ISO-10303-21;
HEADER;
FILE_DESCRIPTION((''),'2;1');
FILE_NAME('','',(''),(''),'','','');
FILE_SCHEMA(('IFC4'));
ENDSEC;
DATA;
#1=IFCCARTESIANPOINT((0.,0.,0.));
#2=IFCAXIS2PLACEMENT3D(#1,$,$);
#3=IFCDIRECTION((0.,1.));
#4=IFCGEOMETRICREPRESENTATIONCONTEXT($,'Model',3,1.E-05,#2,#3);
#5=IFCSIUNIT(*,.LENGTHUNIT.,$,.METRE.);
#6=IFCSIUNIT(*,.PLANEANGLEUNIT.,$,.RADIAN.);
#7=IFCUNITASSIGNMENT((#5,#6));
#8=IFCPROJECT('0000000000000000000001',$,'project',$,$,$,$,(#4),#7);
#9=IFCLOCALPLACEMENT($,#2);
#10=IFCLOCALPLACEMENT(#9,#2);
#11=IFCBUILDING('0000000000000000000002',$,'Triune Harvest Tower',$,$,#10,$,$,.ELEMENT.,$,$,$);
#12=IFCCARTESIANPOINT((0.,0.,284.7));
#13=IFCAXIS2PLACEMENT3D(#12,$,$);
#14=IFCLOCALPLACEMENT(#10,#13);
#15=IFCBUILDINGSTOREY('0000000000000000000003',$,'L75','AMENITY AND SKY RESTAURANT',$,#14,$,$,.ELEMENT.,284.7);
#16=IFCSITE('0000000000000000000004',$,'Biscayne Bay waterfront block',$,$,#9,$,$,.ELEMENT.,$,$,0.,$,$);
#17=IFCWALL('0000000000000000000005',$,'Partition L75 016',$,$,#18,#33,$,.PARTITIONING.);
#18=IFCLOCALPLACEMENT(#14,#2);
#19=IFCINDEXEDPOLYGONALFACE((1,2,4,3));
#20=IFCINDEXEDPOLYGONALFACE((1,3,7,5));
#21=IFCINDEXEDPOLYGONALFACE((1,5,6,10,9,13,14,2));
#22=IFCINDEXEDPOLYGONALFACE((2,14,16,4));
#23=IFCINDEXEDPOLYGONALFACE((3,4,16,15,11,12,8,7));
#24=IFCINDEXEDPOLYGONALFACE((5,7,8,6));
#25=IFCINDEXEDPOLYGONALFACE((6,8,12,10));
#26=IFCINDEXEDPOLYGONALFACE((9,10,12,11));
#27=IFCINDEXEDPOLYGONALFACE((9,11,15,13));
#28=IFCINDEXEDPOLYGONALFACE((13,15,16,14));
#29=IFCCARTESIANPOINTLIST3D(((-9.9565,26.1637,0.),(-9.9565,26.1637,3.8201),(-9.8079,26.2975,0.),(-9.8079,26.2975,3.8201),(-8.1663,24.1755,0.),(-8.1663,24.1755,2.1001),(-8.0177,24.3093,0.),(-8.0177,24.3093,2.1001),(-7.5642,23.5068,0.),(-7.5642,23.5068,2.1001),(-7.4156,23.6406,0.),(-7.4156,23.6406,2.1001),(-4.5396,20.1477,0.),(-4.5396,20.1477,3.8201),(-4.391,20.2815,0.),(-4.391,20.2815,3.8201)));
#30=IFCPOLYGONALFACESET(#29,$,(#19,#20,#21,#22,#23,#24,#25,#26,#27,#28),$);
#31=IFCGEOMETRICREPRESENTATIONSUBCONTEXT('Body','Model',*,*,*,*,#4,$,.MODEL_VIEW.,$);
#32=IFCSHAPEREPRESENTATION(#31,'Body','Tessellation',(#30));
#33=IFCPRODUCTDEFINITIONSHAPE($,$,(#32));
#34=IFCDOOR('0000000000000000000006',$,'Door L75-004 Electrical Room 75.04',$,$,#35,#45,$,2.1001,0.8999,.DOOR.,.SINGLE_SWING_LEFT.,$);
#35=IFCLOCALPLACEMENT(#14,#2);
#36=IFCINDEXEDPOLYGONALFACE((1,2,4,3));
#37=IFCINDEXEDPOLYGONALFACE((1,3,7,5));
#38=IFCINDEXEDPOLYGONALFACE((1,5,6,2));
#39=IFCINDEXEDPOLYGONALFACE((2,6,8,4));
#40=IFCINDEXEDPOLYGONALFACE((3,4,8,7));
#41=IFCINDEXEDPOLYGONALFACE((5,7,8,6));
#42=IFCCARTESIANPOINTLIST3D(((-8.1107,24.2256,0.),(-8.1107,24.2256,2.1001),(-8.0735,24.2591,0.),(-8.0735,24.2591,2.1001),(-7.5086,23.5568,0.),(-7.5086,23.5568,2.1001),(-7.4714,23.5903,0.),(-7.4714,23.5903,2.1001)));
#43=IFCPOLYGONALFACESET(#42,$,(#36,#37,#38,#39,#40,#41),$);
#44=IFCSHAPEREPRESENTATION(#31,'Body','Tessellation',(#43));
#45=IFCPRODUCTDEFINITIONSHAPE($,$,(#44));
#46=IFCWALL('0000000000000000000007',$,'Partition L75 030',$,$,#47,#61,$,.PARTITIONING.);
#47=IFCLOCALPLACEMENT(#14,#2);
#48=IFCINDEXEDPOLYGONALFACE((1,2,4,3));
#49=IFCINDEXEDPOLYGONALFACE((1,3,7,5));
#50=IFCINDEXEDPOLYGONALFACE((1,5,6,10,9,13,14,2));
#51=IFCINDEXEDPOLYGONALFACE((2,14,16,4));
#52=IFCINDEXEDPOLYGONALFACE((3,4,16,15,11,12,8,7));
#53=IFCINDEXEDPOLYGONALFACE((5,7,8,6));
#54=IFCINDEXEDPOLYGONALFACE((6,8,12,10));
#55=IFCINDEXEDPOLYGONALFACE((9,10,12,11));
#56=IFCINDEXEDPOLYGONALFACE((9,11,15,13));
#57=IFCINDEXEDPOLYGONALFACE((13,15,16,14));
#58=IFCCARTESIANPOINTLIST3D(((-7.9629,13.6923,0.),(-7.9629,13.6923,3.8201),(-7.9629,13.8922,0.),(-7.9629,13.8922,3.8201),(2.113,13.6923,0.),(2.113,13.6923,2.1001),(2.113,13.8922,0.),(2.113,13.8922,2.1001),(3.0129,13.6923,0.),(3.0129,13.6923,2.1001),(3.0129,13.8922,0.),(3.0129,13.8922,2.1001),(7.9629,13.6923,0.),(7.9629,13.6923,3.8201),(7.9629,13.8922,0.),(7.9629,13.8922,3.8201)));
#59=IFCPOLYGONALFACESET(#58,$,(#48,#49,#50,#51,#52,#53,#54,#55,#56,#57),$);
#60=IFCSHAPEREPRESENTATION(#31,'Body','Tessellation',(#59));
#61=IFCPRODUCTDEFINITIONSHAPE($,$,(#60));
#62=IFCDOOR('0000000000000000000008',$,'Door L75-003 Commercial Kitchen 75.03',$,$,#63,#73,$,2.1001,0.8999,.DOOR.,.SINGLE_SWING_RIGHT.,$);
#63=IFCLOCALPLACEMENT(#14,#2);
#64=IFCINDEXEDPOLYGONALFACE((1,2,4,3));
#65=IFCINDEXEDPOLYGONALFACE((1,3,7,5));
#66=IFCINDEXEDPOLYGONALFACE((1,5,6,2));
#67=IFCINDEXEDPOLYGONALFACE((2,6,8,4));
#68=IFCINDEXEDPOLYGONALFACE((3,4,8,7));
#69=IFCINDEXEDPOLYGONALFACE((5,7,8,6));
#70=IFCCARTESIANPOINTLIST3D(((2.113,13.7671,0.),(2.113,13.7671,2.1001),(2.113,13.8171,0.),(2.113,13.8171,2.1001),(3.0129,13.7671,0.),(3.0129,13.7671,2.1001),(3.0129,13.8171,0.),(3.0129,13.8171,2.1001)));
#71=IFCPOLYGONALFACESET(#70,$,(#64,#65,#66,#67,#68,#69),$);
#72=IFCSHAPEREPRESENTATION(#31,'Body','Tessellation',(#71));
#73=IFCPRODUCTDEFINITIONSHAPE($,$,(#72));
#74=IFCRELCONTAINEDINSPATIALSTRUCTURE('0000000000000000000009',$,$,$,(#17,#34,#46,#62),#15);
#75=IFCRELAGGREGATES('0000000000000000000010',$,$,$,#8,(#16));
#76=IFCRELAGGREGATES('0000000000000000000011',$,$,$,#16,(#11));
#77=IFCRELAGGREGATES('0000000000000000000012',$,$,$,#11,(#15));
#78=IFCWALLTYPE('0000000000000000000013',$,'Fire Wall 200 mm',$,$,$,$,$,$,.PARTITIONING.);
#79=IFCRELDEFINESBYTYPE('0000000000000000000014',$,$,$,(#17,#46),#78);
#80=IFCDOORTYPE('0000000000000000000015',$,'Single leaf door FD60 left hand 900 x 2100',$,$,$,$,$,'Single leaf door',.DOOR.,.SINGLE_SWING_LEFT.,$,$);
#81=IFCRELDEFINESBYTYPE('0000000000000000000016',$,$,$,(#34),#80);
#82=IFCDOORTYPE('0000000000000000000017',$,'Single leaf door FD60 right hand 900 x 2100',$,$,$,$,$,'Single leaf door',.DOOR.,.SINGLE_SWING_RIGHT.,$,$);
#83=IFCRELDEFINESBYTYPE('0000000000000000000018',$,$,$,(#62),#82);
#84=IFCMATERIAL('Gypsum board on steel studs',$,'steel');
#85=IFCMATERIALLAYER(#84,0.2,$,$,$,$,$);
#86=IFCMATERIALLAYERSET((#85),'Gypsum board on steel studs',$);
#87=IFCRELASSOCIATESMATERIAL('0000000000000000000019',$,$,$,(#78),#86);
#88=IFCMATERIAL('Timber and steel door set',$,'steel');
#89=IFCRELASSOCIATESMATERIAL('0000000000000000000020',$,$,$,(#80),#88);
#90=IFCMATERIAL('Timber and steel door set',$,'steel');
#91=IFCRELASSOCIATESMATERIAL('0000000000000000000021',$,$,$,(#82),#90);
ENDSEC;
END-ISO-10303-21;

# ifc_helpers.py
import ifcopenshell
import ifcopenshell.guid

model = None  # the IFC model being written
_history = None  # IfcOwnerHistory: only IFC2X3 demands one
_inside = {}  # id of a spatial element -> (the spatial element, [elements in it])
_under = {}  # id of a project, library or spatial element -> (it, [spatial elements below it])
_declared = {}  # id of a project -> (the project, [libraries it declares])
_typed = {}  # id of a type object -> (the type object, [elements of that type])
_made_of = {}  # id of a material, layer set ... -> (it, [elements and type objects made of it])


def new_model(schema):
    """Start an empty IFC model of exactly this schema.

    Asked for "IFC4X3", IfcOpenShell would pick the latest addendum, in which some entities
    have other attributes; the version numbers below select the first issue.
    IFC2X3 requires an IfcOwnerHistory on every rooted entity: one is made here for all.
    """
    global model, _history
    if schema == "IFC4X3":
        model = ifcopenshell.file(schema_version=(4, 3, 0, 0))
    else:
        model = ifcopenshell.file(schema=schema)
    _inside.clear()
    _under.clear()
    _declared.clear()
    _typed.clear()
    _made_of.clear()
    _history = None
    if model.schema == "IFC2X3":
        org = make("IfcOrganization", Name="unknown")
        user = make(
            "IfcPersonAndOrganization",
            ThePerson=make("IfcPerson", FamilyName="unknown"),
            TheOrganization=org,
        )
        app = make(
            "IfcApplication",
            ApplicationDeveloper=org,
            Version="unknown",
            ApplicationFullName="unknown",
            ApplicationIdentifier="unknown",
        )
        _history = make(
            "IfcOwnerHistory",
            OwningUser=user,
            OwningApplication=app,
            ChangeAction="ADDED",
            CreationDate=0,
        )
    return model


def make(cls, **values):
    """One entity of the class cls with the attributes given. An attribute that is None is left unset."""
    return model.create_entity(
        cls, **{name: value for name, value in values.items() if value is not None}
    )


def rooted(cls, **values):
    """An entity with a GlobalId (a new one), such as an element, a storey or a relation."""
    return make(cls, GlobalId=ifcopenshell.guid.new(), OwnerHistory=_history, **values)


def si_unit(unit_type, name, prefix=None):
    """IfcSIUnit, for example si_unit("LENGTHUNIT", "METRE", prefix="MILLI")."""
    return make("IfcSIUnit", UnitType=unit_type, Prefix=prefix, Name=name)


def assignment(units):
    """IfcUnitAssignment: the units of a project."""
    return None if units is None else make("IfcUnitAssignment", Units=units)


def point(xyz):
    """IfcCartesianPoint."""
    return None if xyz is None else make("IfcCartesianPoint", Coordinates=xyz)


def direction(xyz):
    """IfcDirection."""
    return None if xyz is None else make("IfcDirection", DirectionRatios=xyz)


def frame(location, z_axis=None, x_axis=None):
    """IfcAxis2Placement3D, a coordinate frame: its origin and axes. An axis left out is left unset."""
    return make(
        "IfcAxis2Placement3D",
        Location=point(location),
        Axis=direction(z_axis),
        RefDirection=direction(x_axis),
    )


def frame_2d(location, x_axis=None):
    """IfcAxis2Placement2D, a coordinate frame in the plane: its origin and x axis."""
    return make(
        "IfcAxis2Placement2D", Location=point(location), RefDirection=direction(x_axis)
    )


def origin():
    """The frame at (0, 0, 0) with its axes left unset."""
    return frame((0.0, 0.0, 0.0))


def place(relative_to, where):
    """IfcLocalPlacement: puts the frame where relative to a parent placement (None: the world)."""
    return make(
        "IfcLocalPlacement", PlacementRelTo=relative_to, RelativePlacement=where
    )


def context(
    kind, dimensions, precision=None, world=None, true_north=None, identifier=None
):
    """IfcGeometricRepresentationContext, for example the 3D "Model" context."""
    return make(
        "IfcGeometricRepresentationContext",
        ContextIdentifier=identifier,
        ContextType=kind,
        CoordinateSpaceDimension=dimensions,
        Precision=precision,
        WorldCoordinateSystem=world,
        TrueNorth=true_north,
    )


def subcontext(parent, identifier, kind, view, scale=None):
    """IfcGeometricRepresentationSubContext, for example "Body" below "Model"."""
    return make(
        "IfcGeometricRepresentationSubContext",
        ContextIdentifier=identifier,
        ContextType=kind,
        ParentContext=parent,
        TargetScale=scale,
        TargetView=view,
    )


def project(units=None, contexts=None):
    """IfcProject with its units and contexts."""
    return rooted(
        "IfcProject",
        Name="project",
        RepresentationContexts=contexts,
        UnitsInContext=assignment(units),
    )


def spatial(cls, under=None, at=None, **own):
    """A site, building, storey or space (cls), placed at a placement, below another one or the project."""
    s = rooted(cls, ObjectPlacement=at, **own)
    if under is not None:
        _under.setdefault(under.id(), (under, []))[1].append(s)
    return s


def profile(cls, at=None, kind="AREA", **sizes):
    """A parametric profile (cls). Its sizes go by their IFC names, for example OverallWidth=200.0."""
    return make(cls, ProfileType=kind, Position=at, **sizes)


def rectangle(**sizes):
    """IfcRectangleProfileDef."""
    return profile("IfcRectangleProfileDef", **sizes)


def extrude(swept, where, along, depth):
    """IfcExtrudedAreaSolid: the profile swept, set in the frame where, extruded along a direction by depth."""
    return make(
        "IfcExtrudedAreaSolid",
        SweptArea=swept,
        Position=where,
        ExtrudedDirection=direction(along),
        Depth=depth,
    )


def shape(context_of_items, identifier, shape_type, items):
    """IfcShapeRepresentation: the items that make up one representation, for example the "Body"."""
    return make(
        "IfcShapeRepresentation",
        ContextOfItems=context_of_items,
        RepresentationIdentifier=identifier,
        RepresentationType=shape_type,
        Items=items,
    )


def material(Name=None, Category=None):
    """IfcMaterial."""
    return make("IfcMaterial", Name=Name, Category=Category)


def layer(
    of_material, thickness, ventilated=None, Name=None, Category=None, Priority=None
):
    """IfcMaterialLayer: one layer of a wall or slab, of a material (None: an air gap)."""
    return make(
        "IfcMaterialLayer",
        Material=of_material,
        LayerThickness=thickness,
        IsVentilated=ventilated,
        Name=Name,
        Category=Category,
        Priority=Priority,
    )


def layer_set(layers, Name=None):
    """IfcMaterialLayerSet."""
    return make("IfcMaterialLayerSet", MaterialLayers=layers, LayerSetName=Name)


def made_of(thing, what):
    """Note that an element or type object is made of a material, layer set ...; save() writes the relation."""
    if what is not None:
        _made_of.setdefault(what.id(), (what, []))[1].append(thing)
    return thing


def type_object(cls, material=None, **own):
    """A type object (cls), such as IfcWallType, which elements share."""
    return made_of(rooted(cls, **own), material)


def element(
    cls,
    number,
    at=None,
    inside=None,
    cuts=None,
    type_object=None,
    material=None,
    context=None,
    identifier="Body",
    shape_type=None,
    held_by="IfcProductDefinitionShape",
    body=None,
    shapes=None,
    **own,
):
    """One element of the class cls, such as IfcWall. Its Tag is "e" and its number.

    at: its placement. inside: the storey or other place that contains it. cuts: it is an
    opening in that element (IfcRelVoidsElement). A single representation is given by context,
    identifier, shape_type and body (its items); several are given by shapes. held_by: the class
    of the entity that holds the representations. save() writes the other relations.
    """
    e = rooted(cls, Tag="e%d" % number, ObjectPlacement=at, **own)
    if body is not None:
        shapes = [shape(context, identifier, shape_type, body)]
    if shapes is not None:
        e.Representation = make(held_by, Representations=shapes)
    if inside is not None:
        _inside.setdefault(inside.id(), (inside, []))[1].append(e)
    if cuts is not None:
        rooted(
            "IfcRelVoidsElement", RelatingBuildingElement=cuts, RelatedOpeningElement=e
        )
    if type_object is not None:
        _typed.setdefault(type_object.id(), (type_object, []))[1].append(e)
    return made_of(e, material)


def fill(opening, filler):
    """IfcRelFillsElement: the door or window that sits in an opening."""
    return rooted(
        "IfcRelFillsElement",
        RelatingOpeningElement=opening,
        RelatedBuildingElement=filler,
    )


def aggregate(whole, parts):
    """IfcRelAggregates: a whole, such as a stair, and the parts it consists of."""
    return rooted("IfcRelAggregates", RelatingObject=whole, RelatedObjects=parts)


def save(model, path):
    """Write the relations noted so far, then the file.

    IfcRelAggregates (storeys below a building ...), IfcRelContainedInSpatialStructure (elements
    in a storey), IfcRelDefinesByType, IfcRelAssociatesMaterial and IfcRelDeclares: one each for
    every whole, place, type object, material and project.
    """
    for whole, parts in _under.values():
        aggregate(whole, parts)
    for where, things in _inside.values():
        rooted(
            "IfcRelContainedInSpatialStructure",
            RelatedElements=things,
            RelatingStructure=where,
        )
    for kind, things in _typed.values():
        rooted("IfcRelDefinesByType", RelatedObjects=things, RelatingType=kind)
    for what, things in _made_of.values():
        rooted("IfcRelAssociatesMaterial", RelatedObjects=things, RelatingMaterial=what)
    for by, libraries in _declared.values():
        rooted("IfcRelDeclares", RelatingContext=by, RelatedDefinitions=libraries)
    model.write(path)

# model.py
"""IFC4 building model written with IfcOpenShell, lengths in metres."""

from ifc_helpers import new_model, si_unit, direction, frame, frame_2d, origin, place, context, subcontext, project, spatial, rectangle, extrude, material, layer, layer_set, type_object, element, fill, save


model = new_model("IFC4")

# Units and contexts
model_context = context("Model", 3, precision=1e-05, world=origin(), true_north=direction((0.0, 1.0)))
body_context = subcontext(model_context, "Body", "Model", "MODEL_VIEW")
ifc_project = project(units=[si_unit("LENGTHUNIT", "METRE"), si_unit("PLANEANGLEUNIT", "RADIAN")], contexts=[model_context])

# Site, building, storey
site_placement = place(None, origin())
site = spatial("IfcSite", under=ifc_project, at=site_placement, Name="Biscayne Bay waterfront block", CompositionType="ELEMENT", RefElevation=0.0)
building_placement = place(site_placement, origin())
building = spatial("IfcBuilding", under=site, at=building_placement, Name="Triune Harvest Tower", CompositionType="ELEMENT")
storey_placement = place(building_placement, frame((0.0, 0.0, 284.7)))
storey = spatial("IfcBuildingStorey", under=building, at=storey_placement, Name="L75", Description="AMENITY AND SKY RESTAURANT", CompositionType="ELEMENT", Elevation=284.7)

# Walls, openings, doors
ifc_material_1 = material(Name="Gypsum board on steel studs", Category="steel")
ifc_layer_1 = layer(ifc_material_1, 0.2)
ifc_layer_set_1 = layer_set([ifc_layer_1], Name="Gypsum board on steel studs")
wall_type = type_object("IfcWallType", Name="Fire Wall 200 mm", PredefinedType="PARTITIONING", material=ifc_layer_set_1)
wall_1_placement = place(storey_placement, frame((-9.8823, 26.2307, 0.0), z_axis=(0.0, 0.0, 1.0), x_axis=(0.669135, -0.743141, 0.0)))
wall_1 = element("IfcWall", 1, at=wall_1_placement, inside=storey, type_object=wall_type, Name="Partition L75 016", PredefinedType="PARTITIONING", context=body_context, shape_type="SweptSolid", body=[
    extrude(rectangle(XDim=8.0955, YDim=0.2, at=frame_2d((4.0479, 0.0))), origin(), (0.0, 0.0, 1.0), 3.8201),
])
opening_1_placement = place(wall_1_placement, frame((2.6755, 0.0, 0.0)))
opening_1 = element("IfcOpeningElement", 2, at=opening_1_placement, cuts=wall_1, PredefinedType="OPENING", context=body_context, shape_type="SweptSolid", body=[
    extrude(rectangle(XDim=0.8999, YDim=2.1001, at=frame_2d((0.45, 1.05))), frame((0.0, 0.1099, 0.0), z_axis=(0.0, -1.0, 0.0), x_axis=(1.0, 0.0, 0.0)), (0.0, 0.0, 1.0), 0.22),
])
ifc_material_2 = material(Name="Timber and steel door set", Category="steel")
door_type_1 = type_object("IfcDoorType", Name="Single leaf door FD60 left hand 900 x 2100", ElementType="Single leaf door", OperationType="SINGLE_SWING_LEFT", PredefinedType="DOOR", material=ifc_material_2)
door_1_placement = place(opening_1_placement, origin())
door_1 = element("IfcDoor", 3, at=door_1_placement, inside=storey, type_object=door_type_1, Name="Door L75-004 Electrical Room 75.04", OperationType="SINGLE_SWING_LEFT", OverallHeight=2.1001, OverallWidth=0.8999, PredefinedType="DOOR", context=body_context, shape_type="SweptSolid", body=[
    extrude(rectangle(XDim=0.8999, YDim=2.1001, at=frame_2d((0.45, 1.05))), frame((0.0, 0.0249, 0.0), z_axis=(0.0, -1.0, 0.0), x_axis=(1.0, 0.0, 0.0)), (0.0, 0.0, 1.0), 0.05),
])
fill(opening_1, door_1)
wall_2_placement = place(storey_placement, frame((-7.9629, 13.7922, 0.0), z_axis=(0.0, 0.0, 1.0), x_axis=(1.0, 0.0, 0.0)))
wall_2 = element("IfcWall", 4, at=wall_2_placement, inside=storey, type_object=wall_type, Name="Partition L75 030", PredefinedType="PARTITIONING", context=body_context, shape_type="SweptSolid", body=[
    extrude(rectangle(XDim=15.9258, YDim=0.2, at=frame_2d((7.9629, 0.0))), origin(), (0.0, 0.0, 1.0), 3.8201),
])
opening_2_placement = place(wall_2_placement, frame((10.0759, 0.0, 0.0)))
opening_2 = element("IfcOpeningElement", 5, at=opening_2_placement, cuts=wall_2, PredefinedType="OPENING", context=body_context, shape_type="SweptSolid", body=[
    extrude(rectangle(XDim=0.8999, YDim=2.1001, at=frame_2d((0.45, 1.05))), frame((0.0, 0.1099, 0.0), z_axis=(0.0, -1.0, 0.0), x_axis=(1.0, 0.0, 0.0)), (0.0, 0.0, 1.0), 0.22),
])
ifc_material_3 = material(Name="Timber and steel door set", Category="steel")
door_type_2 = type_object("IfcDoorType", Name="Single leaf door FD60 right hand 900 x 2100", ElementType="Single leaf door", OperationType="SINGLE_SWING_RIGHT", PredefinedType="DOOR", material=ifc_material_3)
door_2_placement = place(opening_2_placement, origin())
door_2 = element("IfcDoor", 6, at=door_2_placement, inside=storey, type_object=door_type_2, Name="Door L75-003 Commercial Kitchen 75.03", OperationType="SINGLE_SWING_RIGHT", OverallHeight=2.1001, OverallWidth=0.8999, PredefinedType="DOOR", context=body_context, shape_type="SweptSolid", body=[
    extrude(rectangle(XDim=0.8999, YDim=2.1001, at=frame_2d((0.45, 1.05))), frame((0.0, 0.0249, 0.0), z_axis=(0.0, -1.0, 0.0), x_axis=(1.0, 0.0, 0.0)), (0.0, 0.0, 1.0), 0.05),
])
fill(opening_2, door_2)

save(model, "model.ifc")
